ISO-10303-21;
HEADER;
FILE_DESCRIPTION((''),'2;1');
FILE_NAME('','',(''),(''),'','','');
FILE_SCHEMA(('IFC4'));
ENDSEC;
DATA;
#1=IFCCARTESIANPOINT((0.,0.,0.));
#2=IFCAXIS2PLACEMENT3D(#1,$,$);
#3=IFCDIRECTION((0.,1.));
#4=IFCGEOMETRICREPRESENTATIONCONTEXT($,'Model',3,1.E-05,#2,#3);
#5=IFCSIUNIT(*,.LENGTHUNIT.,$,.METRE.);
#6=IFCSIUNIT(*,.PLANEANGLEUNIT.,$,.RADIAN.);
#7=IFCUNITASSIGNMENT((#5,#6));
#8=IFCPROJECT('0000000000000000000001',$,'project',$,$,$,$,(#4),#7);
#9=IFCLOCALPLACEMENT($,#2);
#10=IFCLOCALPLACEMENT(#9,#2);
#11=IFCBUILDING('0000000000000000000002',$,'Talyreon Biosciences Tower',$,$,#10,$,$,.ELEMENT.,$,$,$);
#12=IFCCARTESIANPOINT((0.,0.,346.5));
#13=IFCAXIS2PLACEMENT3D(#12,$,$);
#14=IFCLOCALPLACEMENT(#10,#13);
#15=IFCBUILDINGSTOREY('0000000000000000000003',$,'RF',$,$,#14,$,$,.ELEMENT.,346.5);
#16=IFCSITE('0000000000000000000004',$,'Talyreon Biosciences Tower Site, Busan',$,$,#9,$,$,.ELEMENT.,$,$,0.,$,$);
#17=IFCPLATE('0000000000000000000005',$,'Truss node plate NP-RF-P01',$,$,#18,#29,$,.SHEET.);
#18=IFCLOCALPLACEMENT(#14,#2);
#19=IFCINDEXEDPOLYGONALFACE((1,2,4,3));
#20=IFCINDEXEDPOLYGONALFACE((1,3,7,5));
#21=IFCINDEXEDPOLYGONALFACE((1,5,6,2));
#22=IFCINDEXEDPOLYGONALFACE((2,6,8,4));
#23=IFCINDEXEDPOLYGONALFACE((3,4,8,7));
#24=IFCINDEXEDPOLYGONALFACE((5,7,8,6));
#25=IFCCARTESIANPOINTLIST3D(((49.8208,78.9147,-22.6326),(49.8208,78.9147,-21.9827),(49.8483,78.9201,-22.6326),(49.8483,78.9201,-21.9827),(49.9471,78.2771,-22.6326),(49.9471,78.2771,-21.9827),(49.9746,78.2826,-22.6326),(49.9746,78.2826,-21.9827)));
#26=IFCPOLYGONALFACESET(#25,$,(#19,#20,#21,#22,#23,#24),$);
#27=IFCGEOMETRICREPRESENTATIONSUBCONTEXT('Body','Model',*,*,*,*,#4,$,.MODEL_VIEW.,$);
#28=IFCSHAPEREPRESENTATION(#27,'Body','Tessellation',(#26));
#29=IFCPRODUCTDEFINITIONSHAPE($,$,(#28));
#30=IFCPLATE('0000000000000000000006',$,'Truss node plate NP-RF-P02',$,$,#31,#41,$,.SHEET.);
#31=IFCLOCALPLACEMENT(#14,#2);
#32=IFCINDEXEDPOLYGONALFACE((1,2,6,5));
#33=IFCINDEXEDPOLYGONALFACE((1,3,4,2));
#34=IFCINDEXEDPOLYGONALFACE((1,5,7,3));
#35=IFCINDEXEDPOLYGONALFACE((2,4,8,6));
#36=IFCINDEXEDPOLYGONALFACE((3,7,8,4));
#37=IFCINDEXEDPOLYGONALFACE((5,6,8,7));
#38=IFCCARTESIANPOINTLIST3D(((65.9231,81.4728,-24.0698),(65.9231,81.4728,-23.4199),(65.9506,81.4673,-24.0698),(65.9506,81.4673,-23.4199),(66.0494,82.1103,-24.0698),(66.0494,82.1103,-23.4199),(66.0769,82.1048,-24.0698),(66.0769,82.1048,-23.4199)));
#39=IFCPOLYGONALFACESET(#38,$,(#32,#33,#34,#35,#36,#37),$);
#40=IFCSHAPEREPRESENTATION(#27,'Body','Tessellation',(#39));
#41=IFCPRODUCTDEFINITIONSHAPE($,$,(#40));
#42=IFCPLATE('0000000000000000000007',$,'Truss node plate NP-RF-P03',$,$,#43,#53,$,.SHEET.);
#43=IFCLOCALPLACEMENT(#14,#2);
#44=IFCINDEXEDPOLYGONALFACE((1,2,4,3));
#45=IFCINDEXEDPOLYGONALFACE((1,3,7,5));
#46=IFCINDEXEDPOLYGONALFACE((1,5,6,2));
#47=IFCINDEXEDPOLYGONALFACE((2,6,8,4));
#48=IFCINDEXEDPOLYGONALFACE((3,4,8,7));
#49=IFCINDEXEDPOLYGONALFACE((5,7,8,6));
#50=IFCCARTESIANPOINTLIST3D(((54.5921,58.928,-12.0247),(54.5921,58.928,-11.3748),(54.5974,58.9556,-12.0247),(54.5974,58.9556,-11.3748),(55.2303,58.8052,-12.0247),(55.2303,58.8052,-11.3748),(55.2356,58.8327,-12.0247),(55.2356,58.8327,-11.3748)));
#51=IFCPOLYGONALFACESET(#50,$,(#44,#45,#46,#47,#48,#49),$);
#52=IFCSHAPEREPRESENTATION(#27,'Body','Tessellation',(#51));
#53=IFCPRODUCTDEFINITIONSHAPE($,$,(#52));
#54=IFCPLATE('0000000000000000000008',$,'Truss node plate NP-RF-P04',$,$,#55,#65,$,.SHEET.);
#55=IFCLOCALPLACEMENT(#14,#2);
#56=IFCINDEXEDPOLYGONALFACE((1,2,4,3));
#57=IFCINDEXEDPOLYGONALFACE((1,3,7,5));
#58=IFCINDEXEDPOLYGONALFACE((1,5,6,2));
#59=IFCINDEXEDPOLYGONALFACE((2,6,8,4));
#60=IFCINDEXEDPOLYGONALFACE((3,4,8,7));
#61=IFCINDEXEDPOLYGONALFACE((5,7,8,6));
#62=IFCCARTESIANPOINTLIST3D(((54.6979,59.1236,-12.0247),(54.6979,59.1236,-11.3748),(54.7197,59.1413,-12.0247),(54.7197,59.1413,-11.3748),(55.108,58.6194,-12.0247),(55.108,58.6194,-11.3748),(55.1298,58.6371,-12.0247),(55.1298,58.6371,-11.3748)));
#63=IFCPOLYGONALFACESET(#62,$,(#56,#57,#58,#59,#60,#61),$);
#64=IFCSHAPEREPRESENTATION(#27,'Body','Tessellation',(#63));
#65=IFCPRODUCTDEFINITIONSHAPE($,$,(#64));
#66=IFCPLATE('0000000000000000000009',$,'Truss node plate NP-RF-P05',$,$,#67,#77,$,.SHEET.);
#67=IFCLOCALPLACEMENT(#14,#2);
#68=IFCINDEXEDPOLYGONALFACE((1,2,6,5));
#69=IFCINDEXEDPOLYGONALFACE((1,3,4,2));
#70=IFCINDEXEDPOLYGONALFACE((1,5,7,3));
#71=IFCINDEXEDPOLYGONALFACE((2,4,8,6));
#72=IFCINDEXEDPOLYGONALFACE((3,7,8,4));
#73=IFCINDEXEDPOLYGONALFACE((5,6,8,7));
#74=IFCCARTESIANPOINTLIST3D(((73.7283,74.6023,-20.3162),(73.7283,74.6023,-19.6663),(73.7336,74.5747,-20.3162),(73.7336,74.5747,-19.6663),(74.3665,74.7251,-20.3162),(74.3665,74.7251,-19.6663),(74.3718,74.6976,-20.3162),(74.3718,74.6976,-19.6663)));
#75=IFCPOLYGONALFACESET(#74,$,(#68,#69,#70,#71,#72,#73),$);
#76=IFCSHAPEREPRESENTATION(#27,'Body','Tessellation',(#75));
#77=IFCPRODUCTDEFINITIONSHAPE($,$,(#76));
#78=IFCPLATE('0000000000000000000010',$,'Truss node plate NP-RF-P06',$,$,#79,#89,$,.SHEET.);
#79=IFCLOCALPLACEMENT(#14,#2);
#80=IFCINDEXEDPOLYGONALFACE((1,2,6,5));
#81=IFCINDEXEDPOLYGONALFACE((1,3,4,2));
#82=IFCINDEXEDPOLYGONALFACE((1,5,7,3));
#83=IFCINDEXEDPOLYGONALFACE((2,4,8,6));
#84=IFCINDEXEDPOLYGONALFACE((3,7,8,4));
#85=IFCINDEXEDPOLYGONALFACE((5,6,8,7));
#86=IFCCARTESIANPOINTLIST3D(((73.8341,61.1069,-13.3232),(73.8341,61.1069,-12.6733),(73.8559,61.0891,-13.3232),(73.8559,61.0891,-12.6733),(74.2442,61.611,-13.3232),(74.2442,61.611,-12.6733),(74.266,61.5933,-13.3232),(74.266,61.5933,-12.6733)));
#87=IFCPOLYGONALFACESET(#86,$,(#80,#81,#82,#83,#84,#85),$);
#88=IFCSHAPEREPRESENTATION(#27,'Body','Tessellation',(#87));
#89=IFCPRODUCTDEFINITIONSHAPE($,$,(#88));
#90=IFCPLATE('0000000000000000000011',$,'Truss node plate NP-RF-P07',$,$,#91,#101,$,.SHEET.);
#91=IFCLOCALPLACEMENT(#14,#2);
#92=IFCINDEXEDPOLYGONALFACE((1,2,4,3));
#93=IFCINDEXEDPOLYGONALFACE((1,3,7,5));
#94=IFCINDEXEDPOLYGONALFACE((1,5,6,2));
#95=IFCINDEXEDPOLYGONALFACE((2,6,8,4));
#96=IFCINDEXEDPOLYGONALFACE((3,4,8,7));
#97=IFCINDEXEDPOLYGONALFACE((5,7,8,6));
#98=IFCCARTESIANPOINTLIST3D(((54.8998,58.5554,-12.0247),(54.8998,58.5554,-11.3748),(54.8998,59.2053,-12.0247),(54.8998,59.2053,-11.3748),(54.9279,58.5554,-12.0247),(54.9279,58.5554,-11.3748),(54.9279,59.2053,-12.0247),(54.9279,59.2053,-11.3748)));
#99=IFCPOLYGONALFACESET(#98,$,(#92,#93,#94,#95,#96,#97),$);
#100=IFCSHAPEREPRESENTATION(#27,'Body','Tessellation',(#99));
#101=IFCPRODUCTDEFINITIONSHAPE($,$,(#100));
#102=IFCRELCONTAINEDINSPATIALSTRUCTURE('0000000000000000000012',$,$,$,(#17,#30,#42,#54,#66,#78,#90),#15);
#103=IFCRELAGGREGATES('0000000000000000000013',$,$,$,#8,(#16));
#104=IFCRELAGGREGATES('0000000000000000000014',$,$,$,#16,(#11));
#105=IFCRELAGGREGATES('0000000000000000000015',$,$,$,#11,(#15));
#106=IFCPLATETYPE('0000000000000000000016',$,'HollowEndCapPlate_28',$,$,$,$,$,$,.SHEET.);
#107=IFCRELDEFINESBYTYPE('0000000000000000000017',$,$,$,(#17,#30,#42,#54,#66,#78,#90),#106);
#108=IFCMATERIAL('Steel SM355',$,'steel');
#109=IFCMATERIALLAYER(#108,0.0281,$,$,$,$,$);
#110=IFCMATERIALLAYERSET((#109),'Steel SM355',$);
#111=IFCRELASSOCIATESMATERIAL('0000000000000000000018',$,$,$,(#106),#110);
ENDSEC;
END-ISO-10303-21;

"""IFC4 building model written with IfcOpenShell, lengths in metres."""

from ifc_helpers import new_model, si_unit, direction, frame, origin, origin_2d, place, context, subcontext, project, spatial, rectangle, extrude, material, layer, layer_set, type_object, element, save


model = new_model("IFC4")

# Units and contexts
model_context = context("Model", 3, precision=1e-05, world=origin(), true_north=direction((0.0, 1.0)))
body_context = subcontext(model_context, "Body", "Model", "MODEL_VIEW")
ifc_project = project(units=[si_unit("LENGTHUNIT", "METRE"), si_unit("PLANEANGLEUNIT", "RADIAN")], contexts=[model_context])

# Site, building, storey
site_placement = place(None, origin())
site = spatial("IfcSite", under=ifc_project, at=site_placement, Name="Talyreon Biosciences Tower Site, Busan", CompositionType="ELEMENT", RefElevation=0.0)
building_placement = place(site_placement, origin())
building = spatial("IfcBuilding", under=site, at=building_placement, Name="Talyreon Biosciences Tower", CompositionType="ELEMENT")
storey_placement = place(building_placement, frame((0.0, 0.0, 346.5)))
storey = spatial("IfcBuildingStorey", under=building, at=storey_placement, Name="RF", CompositionType="ELEMENT", Elevation=346.5)

# Shared definitions
ifc_material_1 = material(Name="Steel SM355", Category="steel")

# Plates
ifc_layer_1 = layer(ifc_material_1, 0.0281)
ifc_layer_set_1 = layer_set([ifc_layer_1], Name="Steel SM355")
plate_type = type_object("IfcPlateType", Name="HollowEndCapPlate_28", PredefinedType="SHEET", material=ifc_layer_set_1)
for number, where, z_axis, x_axis, name in (
    (1, (49.8977, 78.5986, -22.6326), (0.0, 0.0, 1.0), (-0.194337, 0.980935, 0.0), "Truss node plate NP-RF-P01"),
    (2, (66.0, 81.7888, -24.0698), (0.0, 0.0, 1.0), (0.194337, 0.980935, 0.0), "Truss node plate NP-RF-P02"),
    (3, (54.9138, 58.8804, -12.0247), (0.0, 0.0, 1.0), (-0.981965, 0.189061, 0.0), "Truss node plate NP-RF-P03"),
    (4, (54.9138, 58.8804, -12.0247), (0.0, 0.0, 1.0), (-0.631001, 0.775782, 0.0), "Truss node plate NP-RF-P04"),
    (5, (74.05, 74.6499, -20.3162), (0.0, 0.0, 1.0), (0.981965, 0.189061, 0.0), "Truss node plate NP-RF-P05"),
    (6, (74.05, 61.3501, -13.3232), (0.0, 0.0, 1.0), (0.631001, 0.775782, 0.0), "Truss node plate NP-RF-P06"),
    (7, (54.9138, 58.8804, -12.0247), (0.0, 0.0, 1.0), (0.0, 1.0, 0.0), "Truss node plate NP-RF-P07"),
):
    element("IfcPlate", number, at=place(storey_placement, frame(where, z_axis=z_axis, x_axis=x_axis)), inside=storey, type_object=plate_type, Name=name, PredefinedType="SHEET", context=body_context, shape_type="SweptSolid", body=[
        extrude(rectangle(XDim=0.6499, YDim=0.0281, at=origin_2d()), origin(), (0.0, 0.0, 1.0), 0.6499),
    ])

save(model, "model.ifc")
